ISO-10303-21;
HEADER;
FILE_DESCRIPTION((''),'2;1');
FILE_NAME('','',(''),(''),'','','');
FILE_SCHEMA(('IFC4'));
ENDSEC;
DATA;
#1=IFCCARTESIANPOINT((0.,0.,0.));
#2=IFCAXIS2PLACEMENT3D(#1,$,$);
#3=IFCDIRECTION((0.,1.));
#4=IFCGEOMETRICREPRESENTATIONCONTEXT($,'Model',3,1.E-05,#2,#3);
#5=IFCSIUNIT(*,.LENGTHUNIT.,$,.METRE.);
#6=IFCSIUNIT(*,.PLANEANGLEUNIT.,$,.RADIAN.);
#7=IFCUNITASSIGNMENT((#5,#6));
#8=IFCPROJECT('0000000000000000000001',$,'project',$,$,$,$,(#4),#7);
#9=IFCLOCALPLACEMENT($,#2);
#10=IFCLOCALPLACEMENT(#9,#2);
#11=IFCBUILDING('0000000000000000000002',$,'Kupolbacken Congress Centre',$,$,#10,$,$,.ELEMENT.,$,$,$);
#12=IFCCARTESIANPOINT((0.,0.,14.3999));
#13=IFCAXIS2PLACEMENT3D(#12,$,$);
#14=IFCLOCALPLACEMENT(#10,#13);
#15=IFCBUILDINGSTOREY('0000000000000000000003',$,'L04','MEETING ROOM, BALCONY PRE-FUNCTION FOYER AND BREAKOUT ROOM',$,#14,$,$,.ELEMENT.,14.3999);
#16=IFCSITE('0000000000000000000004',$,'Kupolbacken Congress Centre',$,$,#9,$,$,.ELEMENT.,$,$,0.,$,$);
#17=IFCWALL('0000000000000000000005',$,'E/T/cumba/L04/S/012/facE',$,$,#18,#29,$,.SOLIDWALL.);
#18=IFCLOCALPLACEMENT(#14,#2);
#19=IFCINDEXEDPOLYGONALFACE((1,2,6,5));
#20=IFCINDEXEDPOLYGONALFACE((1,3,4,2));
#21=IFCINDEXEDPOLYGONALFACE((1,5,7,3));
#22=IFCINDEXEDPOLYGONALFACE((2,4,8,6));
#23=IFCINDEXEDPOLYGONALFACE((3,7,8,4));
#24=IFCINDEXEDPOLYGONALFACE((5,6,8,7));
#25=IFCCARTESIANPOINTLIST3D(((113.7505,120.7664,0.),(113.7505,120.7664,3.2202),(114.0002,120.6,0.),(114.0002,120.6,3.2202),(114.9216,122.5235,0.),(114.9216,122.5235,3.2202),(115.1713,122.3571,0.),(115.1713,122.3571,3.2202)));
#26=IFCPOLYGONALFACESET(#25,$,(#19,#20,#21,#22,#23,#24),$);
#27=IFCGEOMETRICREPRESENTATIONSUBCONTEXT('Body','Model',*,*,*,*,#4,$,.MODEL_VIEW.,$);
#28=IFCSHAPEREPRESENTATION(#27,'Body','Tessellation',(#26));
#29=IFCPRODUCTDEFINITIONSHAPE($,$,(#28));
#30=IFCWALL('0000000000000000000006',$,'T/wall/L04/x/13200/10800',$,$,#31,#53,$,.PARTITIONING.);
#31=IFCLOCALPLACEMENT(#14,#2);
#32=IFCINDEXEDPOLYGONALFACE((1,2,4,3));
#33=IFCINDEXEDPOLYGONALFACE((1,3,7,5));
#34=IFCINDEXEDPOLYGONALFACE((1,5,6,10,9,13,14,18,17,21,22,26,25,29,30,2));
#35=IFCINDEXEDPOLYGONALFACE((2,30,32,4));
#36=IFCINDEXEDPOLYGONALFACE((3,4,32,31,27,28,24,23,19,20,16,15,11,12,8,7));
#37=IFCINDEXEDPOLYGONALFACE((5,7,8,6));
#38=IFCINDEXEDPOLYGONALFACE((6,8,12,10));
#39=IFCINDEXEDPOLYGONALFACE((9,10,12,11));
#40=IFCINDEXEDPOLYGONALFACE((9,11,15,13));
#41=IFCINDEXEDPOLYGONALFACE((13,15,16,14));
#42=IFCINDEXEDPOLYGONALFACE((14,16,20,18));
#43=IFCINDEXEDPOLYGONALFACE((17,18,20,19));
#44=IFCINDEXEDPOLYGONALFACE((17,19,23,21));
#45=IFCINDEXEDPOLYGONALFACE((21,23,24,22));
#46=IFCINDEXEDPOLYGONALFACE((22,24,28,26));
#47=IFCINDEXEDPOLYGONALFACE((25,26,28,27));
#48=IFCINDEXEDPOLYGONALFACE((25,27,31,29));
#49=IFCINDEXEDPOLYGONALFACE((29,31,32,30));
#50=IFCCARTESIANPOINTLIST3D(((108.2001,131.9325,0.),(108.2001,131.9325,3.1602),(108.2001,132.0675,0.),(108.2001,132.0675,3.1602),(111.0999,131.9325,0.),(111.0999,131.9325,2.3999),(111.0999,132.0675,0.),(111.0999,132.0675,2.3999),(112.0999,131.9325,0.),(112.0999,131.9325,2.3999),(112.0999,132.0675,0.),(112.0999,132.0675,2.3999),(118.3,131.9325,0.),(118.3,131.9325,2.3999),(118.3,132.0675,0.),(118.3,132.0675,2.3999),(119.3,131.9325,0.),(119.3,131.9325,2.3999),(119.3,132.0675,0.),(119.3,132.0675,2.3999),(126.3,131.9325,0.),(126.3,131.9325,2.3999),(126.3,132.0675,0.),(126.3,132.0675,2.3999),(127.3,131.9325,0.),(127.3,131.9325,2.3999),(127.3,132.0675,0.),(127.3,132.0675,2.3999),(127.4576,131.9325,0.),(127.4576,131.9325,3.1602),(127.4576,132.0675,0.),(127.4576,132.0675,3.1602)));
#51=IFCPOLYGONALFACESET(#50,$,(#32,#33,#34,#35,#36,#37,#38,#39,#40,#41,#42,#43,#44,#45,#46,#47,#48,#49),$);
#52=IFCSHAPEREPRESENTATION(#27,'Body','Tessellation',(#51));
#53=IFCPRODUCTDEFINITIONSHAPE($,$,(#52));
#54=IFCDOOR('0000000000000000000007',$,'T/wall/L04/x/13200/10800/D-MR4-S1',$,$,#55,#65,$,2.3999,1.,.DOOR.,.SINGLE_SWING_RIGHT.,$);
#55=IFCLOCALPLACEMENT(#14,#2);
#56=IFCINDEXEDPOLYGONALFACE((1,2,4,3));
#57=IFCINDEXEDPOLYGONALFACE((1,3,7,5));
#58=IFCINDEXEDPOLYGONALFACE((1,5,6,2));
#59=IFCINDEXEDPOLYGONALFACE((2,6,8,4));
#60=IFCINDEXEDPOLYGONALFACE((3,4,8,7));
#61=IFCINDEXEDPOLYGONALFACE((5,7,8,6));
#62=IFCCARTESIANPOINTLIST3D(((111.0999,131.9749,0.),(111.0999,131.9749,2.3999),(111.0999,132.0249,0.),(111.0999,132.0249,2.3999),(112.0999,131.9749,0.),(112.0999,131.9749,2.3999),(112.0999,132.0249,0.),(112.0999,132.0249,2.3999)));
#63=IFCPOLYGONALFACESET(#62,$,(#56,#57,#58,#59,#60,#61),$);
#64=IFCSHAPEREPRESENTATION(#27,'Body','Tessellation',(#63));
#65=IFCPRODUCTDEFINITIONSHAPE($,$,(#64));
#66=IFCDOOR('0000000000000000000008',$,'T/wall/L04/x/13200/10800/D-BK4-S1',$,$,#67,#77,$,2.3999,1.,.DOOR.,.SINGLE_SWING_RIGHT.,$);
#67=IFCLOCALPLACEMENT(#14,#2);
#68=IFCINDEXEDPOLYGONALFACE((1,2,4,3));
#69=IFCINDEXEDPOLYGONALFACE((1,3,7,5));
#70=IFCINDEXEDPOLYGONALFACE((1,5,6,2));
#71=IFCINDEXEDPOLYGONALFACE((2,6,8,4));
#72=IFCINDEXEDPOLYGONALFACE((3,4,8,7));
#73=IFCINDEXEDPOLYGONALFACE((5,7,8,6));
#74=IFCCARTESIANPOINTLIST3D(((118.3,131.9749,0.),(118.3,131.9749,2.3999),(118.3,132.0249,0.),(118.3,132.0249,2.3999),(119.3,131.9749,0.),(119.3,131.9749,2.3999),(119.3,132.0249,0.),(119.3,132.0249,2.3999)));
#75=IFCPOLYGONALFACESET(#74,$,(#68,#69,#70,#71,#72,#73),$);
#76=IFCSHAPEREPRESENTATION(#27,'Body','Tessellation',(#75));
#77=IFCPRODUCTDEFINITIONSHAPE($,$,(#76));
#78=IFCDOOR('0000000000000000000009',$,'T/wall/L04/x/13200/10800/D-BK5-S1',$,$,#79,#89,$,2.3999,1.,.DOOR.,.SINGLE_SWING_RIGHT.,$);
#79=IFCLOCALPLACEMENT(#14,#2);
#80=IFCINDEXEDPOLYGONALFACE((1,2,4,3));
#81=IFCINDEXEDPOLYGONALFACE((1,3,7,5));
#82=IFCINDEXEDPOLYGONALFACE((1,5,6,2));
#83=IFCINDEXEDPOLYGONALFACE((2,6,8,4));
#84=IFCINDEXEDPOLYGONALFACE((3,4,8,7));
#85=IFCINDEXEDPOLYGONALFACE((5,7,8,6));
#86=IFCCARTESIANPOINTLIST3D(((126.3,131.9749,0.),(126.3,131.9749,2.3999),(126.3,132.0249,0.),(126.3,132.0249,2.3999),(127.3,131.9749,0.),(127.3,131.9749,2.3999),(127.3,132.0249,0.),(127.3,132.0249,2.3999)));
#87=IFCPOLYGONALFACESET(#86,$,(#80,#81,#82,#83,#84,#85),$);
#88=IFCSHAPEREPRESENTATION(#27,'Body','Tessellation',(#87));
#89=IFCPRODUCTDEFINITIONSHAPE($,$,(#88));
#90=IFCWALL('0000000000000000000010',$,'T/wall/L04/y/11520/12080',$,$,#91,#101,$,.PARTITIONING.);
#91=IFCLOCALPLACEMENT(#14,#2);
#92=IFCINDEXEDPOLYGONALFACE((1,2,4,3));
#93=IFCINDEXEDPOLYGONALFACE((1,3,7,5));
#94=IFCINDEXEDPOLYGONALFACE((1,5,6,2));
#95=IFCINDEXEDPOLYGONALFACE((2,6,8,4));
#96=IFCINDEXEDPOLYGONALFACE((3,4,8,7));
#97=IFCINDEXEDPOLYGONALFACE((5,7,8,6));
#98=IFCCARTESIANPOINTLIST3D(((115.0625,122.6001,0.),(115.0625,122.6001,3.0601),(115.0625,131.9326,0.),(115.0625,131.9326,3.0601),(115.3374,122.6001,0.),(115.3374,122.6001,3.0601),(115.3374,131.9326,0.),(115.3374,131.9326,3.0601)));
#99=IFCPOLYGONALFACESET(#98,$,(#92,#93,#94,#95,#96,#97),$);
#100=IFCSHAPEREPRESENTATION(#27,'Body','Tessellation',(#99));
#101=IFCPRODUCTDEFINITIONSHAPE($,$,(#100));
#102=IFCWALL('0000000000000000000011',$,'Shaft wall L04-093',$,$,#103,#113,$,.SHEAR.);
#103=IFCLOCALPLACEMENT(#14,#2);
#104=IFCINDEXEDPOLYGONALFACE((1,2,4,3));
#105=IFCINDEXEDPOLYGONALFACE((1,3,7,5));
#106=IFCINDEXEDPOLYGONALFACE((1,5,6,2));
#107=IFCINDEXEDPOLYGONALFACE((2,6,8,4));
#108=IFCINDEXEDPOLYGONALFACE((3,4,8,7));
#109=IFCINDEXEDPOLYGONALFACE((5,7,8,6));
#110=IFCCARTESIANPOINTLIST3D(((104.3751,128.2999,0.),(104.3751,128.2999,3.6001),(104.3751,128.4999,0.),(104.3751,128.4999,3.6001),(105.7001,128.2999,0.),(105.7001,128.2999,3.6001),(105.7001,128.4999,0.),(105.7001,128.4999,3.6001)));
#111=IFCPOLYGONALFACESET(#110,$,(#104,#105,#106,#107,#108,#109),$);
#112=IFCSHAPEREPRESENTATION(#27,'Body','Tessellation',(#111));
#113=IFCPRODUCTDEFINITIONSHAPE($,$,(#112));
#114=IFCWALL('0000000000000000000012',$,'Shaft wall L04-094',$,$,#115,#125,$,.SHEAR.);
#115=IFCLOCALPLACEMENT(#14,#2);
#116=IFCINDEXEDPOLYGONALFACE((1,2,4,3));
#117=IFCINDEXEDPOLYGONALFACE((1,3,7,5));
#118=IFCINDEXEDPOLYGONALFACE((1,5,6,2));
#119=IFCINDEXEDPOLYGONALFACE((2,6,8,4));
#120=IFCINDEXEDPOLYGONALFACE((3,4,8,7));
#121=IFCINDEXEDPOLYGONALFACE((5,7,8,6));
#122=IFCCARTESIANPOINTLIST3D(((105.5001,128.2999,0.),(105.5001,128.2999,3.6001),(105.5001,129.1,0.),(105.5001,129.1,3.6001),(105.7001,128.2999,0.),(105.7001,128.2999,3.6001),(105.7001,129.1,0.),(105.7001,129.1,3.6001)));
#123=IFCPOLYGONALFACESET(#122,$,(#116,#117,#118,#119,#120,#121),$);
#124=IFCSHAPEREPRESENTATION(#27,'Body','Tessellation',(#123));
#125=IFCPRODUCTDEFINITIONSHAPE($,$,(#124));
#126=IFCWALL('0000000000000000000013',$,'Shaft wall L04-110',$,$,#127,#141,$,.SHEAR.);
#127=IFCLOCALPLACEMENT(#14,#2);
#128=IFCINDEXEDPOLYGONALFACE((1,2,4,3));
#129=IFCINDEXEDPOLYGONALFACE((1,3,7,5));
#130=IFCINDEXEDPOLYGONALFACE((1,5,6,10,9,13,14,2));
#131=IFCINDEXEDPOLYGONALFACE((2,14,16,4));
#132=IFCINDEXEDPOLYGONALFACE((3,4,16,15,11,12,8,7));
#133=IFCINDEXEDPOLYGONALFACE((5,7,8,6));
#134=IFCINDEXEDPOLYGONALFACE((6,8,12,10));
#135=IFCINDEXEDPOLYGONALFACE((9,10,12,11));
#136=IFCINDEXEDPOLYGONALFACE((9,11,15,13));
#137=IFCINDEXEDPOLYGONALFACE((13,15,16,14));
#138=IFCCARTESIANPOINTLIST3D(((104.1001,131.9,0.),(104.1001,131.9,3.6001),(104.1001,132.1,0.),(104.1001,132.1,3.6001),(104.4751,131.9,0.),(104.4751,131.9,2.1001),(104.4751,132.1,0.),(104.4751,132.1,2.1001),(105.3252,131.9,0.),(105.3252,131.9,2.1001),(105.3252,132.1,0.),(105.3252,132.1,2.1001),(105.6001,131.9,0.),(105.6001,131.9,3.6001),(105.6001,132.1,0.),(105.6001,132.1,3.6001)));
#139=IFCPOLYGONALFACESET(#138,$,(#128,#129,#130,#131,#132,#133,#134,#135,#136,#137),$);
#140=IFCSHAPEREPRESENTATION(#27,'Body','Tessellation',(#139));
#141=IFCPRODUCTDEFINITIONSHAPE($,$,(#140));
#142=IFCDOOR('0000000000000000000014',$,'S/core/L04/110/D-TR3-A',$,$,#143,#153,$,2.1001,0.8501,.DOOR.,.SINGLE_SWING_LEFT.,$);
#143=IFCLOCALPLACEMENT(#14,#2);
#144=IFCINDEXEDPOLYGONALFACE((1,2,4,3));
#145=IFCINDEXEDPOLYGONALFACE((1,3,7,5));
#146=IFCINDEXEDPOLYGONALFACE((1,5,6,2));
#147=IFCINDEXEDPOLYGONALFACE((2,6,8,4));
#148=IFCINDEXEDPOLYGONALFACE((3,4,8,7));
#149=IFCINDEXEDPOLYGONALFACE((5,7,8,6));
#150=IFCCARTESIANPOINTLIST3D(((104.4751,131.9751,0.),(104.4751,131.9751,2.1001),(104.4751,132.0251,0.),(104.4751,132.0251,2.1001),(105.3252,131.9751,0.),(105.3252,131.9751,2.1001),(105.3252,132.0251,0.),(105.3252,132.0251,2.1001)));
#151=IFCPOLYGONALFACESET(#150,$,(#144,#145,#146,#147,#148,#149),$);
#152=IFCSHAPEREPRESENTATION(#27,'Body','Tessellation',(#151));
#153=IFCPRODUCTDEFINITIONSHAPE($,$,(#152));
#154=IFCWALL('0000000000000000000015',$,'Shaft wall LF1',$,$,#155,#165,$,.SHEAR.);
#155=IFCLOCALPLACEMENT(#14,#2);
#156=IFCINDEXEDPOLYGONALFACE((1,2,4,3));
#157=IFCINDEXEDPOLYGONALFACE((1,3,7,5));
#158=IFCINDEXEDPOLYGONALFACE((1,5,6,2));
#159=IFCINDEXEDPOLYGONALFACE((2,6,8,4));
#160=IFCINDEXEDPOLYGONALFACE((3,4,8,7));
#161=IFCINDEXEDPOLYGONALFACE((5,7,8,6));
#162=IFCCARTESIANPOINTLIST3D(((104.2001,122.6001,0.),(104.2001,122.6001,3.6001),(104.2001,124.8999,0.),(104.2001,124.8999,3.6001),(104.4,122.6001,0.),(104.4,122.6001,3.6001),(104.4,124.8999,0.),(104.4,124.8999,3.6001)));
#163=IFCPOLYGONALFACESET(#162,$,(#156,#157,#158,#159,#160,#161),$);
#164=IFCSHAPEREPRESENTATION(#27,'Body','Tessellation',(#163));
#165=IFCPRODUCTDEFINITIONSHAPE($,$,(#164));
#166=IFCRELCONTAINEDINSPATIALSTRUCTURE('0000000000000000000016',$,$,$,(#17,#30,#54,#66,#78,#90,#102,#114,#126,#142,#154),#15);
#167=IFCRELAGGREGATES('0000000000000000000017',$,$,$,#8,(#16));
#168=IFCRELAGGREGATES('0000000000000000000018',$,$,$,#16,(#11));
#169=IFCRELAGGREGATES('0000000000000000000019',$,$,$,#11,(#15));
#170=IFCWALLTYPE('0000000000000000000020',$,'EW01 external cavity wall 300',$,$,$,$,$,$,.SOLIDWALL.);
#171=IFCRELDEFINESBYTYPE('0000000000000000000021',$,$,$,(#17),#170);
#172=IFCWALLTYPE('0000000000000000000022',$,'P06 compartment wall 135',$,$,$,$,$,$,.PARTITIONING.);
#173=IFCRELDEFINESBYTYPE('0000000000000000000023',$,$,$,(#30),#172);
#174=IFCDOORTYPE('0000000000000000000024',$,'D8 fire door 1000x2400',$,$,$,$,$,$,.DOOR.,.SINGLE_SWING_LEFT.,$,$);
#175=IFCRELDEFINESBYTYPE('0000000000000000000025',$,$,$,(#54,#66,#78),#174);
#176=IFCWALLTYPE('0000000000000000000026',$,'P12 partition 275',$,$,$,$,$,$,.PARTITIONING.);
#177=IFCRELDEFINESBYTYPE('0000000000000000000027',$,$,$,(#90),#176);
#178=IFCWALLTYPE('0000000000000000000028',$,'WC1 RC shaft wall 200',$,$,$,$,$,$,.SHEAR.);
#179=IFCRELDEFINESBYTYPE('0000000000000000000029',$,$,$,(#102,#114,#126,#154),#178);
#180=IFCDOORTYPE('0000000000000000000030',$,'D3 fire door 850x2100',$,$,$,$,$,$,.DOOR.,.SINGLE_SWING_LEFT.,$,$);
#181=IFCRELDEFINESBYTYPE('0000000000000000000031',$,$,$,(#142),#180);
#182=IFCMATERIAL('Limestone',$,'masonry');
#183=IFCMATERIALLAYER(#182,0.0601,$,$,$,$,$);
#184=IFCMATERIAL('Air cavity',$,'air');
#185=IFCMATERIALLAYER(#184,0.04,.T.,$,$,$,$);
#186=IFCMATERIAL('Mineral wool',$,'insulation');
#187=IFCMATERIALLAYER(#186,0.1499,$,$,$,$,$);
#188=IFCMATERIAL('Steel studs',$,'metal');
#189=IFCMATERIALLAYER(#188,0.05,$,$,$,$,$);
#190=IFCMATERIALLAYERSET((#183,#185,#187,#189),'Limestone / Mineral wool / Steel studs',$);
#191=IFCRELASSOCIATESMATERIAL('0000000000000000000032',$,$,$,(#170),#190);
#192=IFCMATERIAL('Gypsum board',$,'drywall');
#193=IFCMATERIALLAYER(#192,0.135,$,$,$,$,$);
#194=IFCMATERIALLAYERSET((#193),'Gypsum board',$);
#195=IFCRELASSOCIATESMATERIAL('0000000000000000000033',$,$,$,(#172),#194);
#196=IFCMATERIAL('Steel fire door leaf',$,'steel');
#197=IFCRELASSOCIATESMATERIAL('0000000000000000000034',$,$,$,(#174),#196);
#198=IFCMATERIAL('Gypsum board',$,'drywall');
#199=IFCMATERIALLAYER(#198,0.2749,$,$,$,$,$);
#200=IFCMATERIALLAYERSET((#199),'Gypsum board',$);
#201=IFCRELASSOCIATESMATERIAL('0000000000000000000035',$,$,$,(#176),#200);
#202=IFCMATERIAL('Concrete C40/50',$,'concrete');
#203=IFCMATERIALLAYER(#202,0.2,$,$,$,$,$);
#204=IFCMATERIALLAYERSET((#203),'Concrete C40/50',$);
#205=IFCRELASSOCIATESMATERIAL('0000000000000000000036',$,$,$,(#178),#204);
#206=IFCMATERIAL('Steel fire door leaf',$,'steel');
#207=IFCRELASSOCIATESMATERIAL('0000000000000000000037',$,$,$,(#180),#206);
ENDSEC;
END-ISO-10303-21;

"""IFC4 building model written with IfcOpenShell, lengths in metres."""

from ifc_helpers import new_model, si_unit, direction, frame, frame_2d, origin, place, context, subcontext, project, spatial, rectangle, extrude, material, layer, layer_set, type_object, element, fill, save


model = new_model("IFC4")

# Units and contexts
model_context = context("Model", 3, precision=1e-05, world=origin(), true_north=direction((0.0, 1.0)))
body_context = subcontext(model_context, "Body", "Model", "MODEL_VIEW")
ifc_project = project(units=[si_unit("LENGTHUNIT", "METRE"), si_unit("PLANEANGLEUNIT", "RADIAN")], contexts=[model_context])

# Site, building, storey
site_placement = place(None, origin())
site = spatial("IfcSite", under=ifc_project, at=site_placement, Name="Kupolbacken Congress Centre", CompositionType="ELEMENT", RefElevation=0.0)
building_placement = place(site_placement, origin())
building = spatial("IfcBuilding", under=site, at=building_placement, Name="Kupolbacken Congress Centre", CompositionType="ELEMENT")
storey_placement = place(building_placement, frame((0.0, 0.0, 14.3999)))
storey = spatial("IfcBuildingStorey", under=building, at=storey_placement, Name="L04", Description="MEETING ROOM, BALCONY PRE-FUNCTION FOYER AND BREAKOUT ROOM", CompositionType="ELEMENT", Elevation=14.3999)

# Wall
ifc_material_1 = material(Name="Limestone", Category="masonry")
ifc_layer_1 = layer(ifc_material_1, 0.0601)
ifc_material_2 = material(Name="Air cavity", Category="air")
ifc_layer_2 = layer(ifc_material_2, 0.04, ventilated=True)
ifc_material_3 = material(Name="Mineral wool", Category="insulation")
ifc_layer_3 = layer(ifc_material_3, 0.1499)
ifc_material_4 = material(Name="Steel studs", Category="metal")
ifc_layer_4 = layer(ifc_material_4, 0.05)
ifc_layer_set_1 = layer_set([ifc_layer_1, ifc_layer_2, ifc_layer_3, ifc_layer_4], Name="Limestone / Mineral wool / Steel studs")
wall_type_1 = type_object("IfcWallType", Name="EW01 external cavity wall 300", PredefinedType="SOLIDWALL", material=ifc_layer_set_1)
wall_1_placement = place(storey_placement, frame((115.0464, 122.4402, 0.0), z_axis=(0.0, 0.0, 1.0), x_axis=(-0.55462, -0.832104, 0.0)))
element("IfcWall", 1, at=wall_1_placement, inside=storey, type_object=wall_type_1, Name="E/T/cumba/L04/S/012/facE", PredefinedType="SOLIDWALL", context=body_context, shape_type="SweptSolid", body=[
    extrude(rectangle(XDim=2.1116, YDim=0.3, at=frame_2d((1.0557, 0.0))), origin(), (0.0, 0.0, 1.0), 3.2202),
])

# Wall, openings, doors
ifc_material_5 = material(Name="Gypsum board", Category="drywall")
ifc_layer_5 = layer(ifc_material_5, 0.135)
ifc_layer_set_2 = layer_set([ifc_layer_5], Name="Gypsum board")
wall_type_2 = type_object("IfcWallType", Name="P06 compartment wall 135", PredefinedType="PARTITIONING", material=ifc_layer_set_2)
wall_2_placement = place(storey_placement, frame((108.2, 132.0, 0.0), z_axis=(0.0, 0.0, 1.0), x_axis=(1.0, 0.0, 0.0)))
wall_2 = element("IfcWall", 2, at=wall_2_placement, inside=storey, type_object=wall_type_2, Name="T/wall/L04/x/13200/10800", PredefinedType="PARTITIONING", context=body_context, shape_type="SweptSolid", body=[
    extrude(rectangle(XDim=19.2576, YDim=0.135, at=frame_2d((9.6289, 0.0))), origin(), (0.0, 0.0, 1.0), 3.1602),
])
opening_1_placement = place(wall_2_placement, frame((2.8999, 0.0, 0.0)))
opening_1 = element("IfcOpeningElement", 3, at=opening_1_placement, cuts=wall_2, PredefinedType="OPENING", context=body_context, shape_type="SweptSolid", body=[
    extrude(rectangle(XDim=1.0, YDim=2.3999, at=frame_2d((0.5, 1.2))), frame((0.0, 0.0774, 0.0), z_axis=(0.0, -1.0, 0.0), x_axis=(1.0, 0.0, 0.0)), (0.0, 0.0, 1.0), 0.155),
])
opening_2_placement = place(wall_2_placement, frame((10.1001, 0.0, 0.0)))
opening_2 = element("IfcOpeningElement", 4, at=opening_2_placement, cuts=wall_2, PredefinedType="OPENING", context=body_context, shape_type="SweptSolid", body=[
    extrude(rectangle(XDim=1.0, YDim=2.3999, at=frame_2d((0.5, 1.2))), frame((0.0, 0.0774, 0.0), z_axis=(0.0, -1.0, 0.0), x_axis=(1.0, 0.0, 0.0)), (0.0, 0.0, 1.0), 0.155),
])
opening_3_placement = place(wall_2_placement, frame((18.1001, 0.0, 0.0)))
opening_3 = element("IfcOpeningElement", 5, at=opening_3_placement, cuts=wall_2, PredefinedType="OPENING", context=body_context, shape_type="SweptSolid", body=[
    extrude(rectangle(XDim=1.0, YDim=2.3999, at=frame_2d((0.5, 1.2))), frame((0.0, 0.0774, 0.0), z_axis=(0.0, -1.0, 0.0), x_axis=(1.0, 0.0, 0.0)), (0.0, 0.0, 1.0), 0.155),
])
ifc_material_6 = material(Name="Steel fire door leaf", Category="steel")
door_type_1 = type_object("IfcDoorType", Name="D8 fire door 1000x2400", OperationType="SINGLE_SWING_LEFT", PredefinedType="DOOR", material=ifc_material_6)
door_1_placement = place(opening_1_placement, origin())
door_1 = element("IfcDoor", 6, at=door_1_placement, inside=storey, type_object=door_type_1, Name="T/wall/L04/x/13200/10800/D-MR4-S1", OperationType="SINGLE_SWING_RIGHT", OverallHeight=2.3999, OverallWidth=1.0, PredefinedType="DOOR", context=body_context, shape_type="SweptSolid", body=[
    extrude(rectangle(XDim=1.0, YDim=2.3999, at=frame_2d((0.5, 1.2))), frame((0.0, 0.0249, 0.0), z_axis=(0.0, -1.0, 0.0), x_axis=(1.0, 0.0, 0.0)), (0.0, 0.0, 1.0), 0.05),
])
fill(opening_1, door_1)
door_2_placement = place(opening_2_placement, origin())
door_2 = element("IfcDoor", 7, at=door_2_placement, inside=storey, type_object=door_type_1, Name="T/wall/L04/x/13200/10800/D-BK4-S1", OperationType="SINGLE_SWING_RIGHT", OverallHeight=2.3999, OverallWidth=1.0, PredefinedType="DOOR", context=body_context, shape_type="SweptSolid", body=[
    extrude(rectangle(XDim=1.0, YDim=2.3999, at=frame_2d((0.5, 1.2))), frame((0.0, 0.0249, 0.0), z_axis=(0.0, -1.0, 0.0), x_axis=(1.0, 0.0, 0.0)), (0.0, 0.0, 1.0), 0.05),
])
fill(opening_2, door_2)
door_3_placement = place(opening_3_placement, origin())
door_3 = element("IfcDoor", 8, at=door_3_placement, inside=storey, type_object=door_type_1, Name="T/wall/L04/x/13200/10800/D-BK5-S1", OperationType="SINGLE_SWING_RIGHT", OverallHeight=2.3999, OverallWidth=1.0, PredefinedType="DOOR", context=body_context, shape_type="SweptSolid", body=[
    extrude(rectangle(XDim=1.0, YDim=2.3999, at=frame_2d((0.5, 1.2))), frame((0.0, 0.0249, 0.0), z_axis=(0.0, -1.0, 0.0), x_axis=(1.0, 0.0, 0.0)), (0.0, 0.0, 1.0), 0.05),
])
fill(opening_3, door_3)

# Walls
ifc_material_7 = material(Name="Gypsum board", Category="drywall")
ifc_layer_6 = layer(ifc_material_7, 0.2749)
ifc_layer_set_3 = layer_set([ifc_layer_6], Name="Gypsum board")
wall_type_3 = type_object("IfcWallType", Name="P12 partition 275", PredefinedType="PARTITIONING", material=ifc_layer_set_3)
wall_3_placement = place(storey_placement, frame((115.2, 122.6001, 0.0), z_axis=(0.0, 0.0, 1.0), x_axis=(0.0, 1.0, 0.0)))
element("IfcWall", 9, at=wall_3_placement, inside=storey, type_object=wall_type_3, Name="T/wall/L04/y/11520/12080", PredefinedType="PARTITIONING", context=body_context, shape_type="SweptSolid", body=[
    extrude(rectangle(XDim=9.3325, YDim=0.2749, at=frame_2d((4.6663, 0.0))), origin(), (0.0, 0.0, 1.0), 3.0601),
])
ifc_material_8 = material(Name="Concrete C40/50", Category="concrete")
ifc_layer_7 = layer(ifc_material_8, 0.2)
ifc_layer_set_4 = layer_set([ifc_layer_7], Name="Concrete C40/50")
wall_type_4 = type_object("IfcWallType", Name="WC1 RC shaft wall 200", PredefinedType="SHEAR", material=ifc_layer_set_4)
wall_4_placement = place(storey_placement, frame((104.375, 128.3999, 0.0), z_axis=(0.0, 0.0, 1.0), x_axis=(1.0, 0.0, 0.0)))
element("IfcWall", 10, at=wall_4_placement, inside=storey, type_object=wall_type_4, Name="Shaft wall L04-093", PredefinedType="SHEAR", context=body_context, shape_type="SweptSolid", body=[
    extrude(rectangle(XDim=1.325, YDim=0.2, at=frame_2d((0.6626, 0.0))), origin(), (0.0, 0.0, 1.0), 3.6001),
])
wall_5_placement = place(storey_placement, frame((105.6001, 128.3, 0.0), z_axis=(0.0, 0.0, 1.0), x_axis=(0.0, 1.0, 0.0)))
element("IfcWall", 11, at=wall_5_placement, inside=storey, type_object=wall_type_4, Name="Shaft wall L04-094", PredefinedType="SHEAR", context=body_context, shape_type="SweptSolid", body=[
    extrude(rectangle(XDim=0.8, YDim=0.2, at=frame_2d((0.3999, 0.0))), origin(), (0.0, 0.0, 1.0), 3.6001),
])

# Wall, opening, door
wall_6_placement = place(storey_placement, frame((105.6001, 132.0, 0.0), z_axis=(0.0, 0.0, 1.0), x_axis=(-1.0, 0.0, 0.0)))
wall_6 = element("IfcWall", 12, at=wall_6_placement, inside=storey, type_object=wall_type_4, Name="Shaft wall L04-110", PredefinedType="SHEAR", context=body_context, shape_type="SweptSolid", body=[
    extrude(rectangle(XDim=1.5, YDim=0.2, at=frame_2d((0.75, 0.0))), origin(), (0.0, 0.0, 1.0), 3.6001),
])
opening_4_placement = place(wall_6_placement, frame((0.2749, 0.0, 0.0)))
opening_4 = element("IfcOpeningElement", 13, at=opening_4_placement, cuts=wall_6, PredefinedType="OPENING", context=body_context, shape_type="SweptSolid", body=[
    extrude(rectangle(XDim=0.8501, YDim=2.1001, at=frame_2d((0.425, 1.05))), frame((0.0, 0.1099, 0.0), z_axis=(0.0, -1.0, 0.0), x_axis=(1.0, 0.0, 0.0)), (0.0, 0.0, 1.0), 0.22),
])
ifc_material_9 = material(Name="Steel fire door leaf", Category="steel")
door_type_2 = type_object("IfcDoorType", Name="D3 fire door 850x2100", OperationType="SINGLE_SWING_LEFT", PredefinedType="DOOR", material=ifc_material_9)
door_4_placement = place(opening_4_placement, origin())
door_4 = element("IfcDoor", 14, at=door_4_placement, inside=storey, type_object=door_type_2, Name="S/core/L04/110/D-TR3-A", OperationType="SINGLE_SWING_LEFT", OverallHeight=2.1001, OverallWidth=0.8501, PredefinedType="DOOR", context=body_context, shape_type="SweptSolid", body=[
    extrude(rectangle(XDim=0.8501, YDim=2.1001, at=frame_2d((0.425, 1.05))), frame((0.0, 0.0249, 0.0), z_axis=(0.0, -1.0, 0.0), x_axis=(1.0, 0.0, 0.0)), (0.0, 0.0, 1.0), 0.05),
])
fill(opening_4, door_4)

# Wall
for number, where, z_axis, x_axis, name in (
    (15, (104.3, 122.6001, 0.0), (0.0, 0.0, 1.0), (0.0, 1.0, 0.0), "Shaft wall LF1"),
):
    element("IfcWall", number, at=place(storey_placement, frame(where, z_axis=z_axis, x_axis=x_axis)), inside=storey, type_object=wall_type_4, Name=name, PredefinedType="SHEAR", context=body_context, shape_type="SweptSolid", body=[
        extrude(rectangle(XDim=2.2998, YDim=0.2, at=frame_2d((1.1499, 0.0))), origin(), (0.0, 0.0, 1.0), 3.6001),
    ])

save(model, "model.ifc")
